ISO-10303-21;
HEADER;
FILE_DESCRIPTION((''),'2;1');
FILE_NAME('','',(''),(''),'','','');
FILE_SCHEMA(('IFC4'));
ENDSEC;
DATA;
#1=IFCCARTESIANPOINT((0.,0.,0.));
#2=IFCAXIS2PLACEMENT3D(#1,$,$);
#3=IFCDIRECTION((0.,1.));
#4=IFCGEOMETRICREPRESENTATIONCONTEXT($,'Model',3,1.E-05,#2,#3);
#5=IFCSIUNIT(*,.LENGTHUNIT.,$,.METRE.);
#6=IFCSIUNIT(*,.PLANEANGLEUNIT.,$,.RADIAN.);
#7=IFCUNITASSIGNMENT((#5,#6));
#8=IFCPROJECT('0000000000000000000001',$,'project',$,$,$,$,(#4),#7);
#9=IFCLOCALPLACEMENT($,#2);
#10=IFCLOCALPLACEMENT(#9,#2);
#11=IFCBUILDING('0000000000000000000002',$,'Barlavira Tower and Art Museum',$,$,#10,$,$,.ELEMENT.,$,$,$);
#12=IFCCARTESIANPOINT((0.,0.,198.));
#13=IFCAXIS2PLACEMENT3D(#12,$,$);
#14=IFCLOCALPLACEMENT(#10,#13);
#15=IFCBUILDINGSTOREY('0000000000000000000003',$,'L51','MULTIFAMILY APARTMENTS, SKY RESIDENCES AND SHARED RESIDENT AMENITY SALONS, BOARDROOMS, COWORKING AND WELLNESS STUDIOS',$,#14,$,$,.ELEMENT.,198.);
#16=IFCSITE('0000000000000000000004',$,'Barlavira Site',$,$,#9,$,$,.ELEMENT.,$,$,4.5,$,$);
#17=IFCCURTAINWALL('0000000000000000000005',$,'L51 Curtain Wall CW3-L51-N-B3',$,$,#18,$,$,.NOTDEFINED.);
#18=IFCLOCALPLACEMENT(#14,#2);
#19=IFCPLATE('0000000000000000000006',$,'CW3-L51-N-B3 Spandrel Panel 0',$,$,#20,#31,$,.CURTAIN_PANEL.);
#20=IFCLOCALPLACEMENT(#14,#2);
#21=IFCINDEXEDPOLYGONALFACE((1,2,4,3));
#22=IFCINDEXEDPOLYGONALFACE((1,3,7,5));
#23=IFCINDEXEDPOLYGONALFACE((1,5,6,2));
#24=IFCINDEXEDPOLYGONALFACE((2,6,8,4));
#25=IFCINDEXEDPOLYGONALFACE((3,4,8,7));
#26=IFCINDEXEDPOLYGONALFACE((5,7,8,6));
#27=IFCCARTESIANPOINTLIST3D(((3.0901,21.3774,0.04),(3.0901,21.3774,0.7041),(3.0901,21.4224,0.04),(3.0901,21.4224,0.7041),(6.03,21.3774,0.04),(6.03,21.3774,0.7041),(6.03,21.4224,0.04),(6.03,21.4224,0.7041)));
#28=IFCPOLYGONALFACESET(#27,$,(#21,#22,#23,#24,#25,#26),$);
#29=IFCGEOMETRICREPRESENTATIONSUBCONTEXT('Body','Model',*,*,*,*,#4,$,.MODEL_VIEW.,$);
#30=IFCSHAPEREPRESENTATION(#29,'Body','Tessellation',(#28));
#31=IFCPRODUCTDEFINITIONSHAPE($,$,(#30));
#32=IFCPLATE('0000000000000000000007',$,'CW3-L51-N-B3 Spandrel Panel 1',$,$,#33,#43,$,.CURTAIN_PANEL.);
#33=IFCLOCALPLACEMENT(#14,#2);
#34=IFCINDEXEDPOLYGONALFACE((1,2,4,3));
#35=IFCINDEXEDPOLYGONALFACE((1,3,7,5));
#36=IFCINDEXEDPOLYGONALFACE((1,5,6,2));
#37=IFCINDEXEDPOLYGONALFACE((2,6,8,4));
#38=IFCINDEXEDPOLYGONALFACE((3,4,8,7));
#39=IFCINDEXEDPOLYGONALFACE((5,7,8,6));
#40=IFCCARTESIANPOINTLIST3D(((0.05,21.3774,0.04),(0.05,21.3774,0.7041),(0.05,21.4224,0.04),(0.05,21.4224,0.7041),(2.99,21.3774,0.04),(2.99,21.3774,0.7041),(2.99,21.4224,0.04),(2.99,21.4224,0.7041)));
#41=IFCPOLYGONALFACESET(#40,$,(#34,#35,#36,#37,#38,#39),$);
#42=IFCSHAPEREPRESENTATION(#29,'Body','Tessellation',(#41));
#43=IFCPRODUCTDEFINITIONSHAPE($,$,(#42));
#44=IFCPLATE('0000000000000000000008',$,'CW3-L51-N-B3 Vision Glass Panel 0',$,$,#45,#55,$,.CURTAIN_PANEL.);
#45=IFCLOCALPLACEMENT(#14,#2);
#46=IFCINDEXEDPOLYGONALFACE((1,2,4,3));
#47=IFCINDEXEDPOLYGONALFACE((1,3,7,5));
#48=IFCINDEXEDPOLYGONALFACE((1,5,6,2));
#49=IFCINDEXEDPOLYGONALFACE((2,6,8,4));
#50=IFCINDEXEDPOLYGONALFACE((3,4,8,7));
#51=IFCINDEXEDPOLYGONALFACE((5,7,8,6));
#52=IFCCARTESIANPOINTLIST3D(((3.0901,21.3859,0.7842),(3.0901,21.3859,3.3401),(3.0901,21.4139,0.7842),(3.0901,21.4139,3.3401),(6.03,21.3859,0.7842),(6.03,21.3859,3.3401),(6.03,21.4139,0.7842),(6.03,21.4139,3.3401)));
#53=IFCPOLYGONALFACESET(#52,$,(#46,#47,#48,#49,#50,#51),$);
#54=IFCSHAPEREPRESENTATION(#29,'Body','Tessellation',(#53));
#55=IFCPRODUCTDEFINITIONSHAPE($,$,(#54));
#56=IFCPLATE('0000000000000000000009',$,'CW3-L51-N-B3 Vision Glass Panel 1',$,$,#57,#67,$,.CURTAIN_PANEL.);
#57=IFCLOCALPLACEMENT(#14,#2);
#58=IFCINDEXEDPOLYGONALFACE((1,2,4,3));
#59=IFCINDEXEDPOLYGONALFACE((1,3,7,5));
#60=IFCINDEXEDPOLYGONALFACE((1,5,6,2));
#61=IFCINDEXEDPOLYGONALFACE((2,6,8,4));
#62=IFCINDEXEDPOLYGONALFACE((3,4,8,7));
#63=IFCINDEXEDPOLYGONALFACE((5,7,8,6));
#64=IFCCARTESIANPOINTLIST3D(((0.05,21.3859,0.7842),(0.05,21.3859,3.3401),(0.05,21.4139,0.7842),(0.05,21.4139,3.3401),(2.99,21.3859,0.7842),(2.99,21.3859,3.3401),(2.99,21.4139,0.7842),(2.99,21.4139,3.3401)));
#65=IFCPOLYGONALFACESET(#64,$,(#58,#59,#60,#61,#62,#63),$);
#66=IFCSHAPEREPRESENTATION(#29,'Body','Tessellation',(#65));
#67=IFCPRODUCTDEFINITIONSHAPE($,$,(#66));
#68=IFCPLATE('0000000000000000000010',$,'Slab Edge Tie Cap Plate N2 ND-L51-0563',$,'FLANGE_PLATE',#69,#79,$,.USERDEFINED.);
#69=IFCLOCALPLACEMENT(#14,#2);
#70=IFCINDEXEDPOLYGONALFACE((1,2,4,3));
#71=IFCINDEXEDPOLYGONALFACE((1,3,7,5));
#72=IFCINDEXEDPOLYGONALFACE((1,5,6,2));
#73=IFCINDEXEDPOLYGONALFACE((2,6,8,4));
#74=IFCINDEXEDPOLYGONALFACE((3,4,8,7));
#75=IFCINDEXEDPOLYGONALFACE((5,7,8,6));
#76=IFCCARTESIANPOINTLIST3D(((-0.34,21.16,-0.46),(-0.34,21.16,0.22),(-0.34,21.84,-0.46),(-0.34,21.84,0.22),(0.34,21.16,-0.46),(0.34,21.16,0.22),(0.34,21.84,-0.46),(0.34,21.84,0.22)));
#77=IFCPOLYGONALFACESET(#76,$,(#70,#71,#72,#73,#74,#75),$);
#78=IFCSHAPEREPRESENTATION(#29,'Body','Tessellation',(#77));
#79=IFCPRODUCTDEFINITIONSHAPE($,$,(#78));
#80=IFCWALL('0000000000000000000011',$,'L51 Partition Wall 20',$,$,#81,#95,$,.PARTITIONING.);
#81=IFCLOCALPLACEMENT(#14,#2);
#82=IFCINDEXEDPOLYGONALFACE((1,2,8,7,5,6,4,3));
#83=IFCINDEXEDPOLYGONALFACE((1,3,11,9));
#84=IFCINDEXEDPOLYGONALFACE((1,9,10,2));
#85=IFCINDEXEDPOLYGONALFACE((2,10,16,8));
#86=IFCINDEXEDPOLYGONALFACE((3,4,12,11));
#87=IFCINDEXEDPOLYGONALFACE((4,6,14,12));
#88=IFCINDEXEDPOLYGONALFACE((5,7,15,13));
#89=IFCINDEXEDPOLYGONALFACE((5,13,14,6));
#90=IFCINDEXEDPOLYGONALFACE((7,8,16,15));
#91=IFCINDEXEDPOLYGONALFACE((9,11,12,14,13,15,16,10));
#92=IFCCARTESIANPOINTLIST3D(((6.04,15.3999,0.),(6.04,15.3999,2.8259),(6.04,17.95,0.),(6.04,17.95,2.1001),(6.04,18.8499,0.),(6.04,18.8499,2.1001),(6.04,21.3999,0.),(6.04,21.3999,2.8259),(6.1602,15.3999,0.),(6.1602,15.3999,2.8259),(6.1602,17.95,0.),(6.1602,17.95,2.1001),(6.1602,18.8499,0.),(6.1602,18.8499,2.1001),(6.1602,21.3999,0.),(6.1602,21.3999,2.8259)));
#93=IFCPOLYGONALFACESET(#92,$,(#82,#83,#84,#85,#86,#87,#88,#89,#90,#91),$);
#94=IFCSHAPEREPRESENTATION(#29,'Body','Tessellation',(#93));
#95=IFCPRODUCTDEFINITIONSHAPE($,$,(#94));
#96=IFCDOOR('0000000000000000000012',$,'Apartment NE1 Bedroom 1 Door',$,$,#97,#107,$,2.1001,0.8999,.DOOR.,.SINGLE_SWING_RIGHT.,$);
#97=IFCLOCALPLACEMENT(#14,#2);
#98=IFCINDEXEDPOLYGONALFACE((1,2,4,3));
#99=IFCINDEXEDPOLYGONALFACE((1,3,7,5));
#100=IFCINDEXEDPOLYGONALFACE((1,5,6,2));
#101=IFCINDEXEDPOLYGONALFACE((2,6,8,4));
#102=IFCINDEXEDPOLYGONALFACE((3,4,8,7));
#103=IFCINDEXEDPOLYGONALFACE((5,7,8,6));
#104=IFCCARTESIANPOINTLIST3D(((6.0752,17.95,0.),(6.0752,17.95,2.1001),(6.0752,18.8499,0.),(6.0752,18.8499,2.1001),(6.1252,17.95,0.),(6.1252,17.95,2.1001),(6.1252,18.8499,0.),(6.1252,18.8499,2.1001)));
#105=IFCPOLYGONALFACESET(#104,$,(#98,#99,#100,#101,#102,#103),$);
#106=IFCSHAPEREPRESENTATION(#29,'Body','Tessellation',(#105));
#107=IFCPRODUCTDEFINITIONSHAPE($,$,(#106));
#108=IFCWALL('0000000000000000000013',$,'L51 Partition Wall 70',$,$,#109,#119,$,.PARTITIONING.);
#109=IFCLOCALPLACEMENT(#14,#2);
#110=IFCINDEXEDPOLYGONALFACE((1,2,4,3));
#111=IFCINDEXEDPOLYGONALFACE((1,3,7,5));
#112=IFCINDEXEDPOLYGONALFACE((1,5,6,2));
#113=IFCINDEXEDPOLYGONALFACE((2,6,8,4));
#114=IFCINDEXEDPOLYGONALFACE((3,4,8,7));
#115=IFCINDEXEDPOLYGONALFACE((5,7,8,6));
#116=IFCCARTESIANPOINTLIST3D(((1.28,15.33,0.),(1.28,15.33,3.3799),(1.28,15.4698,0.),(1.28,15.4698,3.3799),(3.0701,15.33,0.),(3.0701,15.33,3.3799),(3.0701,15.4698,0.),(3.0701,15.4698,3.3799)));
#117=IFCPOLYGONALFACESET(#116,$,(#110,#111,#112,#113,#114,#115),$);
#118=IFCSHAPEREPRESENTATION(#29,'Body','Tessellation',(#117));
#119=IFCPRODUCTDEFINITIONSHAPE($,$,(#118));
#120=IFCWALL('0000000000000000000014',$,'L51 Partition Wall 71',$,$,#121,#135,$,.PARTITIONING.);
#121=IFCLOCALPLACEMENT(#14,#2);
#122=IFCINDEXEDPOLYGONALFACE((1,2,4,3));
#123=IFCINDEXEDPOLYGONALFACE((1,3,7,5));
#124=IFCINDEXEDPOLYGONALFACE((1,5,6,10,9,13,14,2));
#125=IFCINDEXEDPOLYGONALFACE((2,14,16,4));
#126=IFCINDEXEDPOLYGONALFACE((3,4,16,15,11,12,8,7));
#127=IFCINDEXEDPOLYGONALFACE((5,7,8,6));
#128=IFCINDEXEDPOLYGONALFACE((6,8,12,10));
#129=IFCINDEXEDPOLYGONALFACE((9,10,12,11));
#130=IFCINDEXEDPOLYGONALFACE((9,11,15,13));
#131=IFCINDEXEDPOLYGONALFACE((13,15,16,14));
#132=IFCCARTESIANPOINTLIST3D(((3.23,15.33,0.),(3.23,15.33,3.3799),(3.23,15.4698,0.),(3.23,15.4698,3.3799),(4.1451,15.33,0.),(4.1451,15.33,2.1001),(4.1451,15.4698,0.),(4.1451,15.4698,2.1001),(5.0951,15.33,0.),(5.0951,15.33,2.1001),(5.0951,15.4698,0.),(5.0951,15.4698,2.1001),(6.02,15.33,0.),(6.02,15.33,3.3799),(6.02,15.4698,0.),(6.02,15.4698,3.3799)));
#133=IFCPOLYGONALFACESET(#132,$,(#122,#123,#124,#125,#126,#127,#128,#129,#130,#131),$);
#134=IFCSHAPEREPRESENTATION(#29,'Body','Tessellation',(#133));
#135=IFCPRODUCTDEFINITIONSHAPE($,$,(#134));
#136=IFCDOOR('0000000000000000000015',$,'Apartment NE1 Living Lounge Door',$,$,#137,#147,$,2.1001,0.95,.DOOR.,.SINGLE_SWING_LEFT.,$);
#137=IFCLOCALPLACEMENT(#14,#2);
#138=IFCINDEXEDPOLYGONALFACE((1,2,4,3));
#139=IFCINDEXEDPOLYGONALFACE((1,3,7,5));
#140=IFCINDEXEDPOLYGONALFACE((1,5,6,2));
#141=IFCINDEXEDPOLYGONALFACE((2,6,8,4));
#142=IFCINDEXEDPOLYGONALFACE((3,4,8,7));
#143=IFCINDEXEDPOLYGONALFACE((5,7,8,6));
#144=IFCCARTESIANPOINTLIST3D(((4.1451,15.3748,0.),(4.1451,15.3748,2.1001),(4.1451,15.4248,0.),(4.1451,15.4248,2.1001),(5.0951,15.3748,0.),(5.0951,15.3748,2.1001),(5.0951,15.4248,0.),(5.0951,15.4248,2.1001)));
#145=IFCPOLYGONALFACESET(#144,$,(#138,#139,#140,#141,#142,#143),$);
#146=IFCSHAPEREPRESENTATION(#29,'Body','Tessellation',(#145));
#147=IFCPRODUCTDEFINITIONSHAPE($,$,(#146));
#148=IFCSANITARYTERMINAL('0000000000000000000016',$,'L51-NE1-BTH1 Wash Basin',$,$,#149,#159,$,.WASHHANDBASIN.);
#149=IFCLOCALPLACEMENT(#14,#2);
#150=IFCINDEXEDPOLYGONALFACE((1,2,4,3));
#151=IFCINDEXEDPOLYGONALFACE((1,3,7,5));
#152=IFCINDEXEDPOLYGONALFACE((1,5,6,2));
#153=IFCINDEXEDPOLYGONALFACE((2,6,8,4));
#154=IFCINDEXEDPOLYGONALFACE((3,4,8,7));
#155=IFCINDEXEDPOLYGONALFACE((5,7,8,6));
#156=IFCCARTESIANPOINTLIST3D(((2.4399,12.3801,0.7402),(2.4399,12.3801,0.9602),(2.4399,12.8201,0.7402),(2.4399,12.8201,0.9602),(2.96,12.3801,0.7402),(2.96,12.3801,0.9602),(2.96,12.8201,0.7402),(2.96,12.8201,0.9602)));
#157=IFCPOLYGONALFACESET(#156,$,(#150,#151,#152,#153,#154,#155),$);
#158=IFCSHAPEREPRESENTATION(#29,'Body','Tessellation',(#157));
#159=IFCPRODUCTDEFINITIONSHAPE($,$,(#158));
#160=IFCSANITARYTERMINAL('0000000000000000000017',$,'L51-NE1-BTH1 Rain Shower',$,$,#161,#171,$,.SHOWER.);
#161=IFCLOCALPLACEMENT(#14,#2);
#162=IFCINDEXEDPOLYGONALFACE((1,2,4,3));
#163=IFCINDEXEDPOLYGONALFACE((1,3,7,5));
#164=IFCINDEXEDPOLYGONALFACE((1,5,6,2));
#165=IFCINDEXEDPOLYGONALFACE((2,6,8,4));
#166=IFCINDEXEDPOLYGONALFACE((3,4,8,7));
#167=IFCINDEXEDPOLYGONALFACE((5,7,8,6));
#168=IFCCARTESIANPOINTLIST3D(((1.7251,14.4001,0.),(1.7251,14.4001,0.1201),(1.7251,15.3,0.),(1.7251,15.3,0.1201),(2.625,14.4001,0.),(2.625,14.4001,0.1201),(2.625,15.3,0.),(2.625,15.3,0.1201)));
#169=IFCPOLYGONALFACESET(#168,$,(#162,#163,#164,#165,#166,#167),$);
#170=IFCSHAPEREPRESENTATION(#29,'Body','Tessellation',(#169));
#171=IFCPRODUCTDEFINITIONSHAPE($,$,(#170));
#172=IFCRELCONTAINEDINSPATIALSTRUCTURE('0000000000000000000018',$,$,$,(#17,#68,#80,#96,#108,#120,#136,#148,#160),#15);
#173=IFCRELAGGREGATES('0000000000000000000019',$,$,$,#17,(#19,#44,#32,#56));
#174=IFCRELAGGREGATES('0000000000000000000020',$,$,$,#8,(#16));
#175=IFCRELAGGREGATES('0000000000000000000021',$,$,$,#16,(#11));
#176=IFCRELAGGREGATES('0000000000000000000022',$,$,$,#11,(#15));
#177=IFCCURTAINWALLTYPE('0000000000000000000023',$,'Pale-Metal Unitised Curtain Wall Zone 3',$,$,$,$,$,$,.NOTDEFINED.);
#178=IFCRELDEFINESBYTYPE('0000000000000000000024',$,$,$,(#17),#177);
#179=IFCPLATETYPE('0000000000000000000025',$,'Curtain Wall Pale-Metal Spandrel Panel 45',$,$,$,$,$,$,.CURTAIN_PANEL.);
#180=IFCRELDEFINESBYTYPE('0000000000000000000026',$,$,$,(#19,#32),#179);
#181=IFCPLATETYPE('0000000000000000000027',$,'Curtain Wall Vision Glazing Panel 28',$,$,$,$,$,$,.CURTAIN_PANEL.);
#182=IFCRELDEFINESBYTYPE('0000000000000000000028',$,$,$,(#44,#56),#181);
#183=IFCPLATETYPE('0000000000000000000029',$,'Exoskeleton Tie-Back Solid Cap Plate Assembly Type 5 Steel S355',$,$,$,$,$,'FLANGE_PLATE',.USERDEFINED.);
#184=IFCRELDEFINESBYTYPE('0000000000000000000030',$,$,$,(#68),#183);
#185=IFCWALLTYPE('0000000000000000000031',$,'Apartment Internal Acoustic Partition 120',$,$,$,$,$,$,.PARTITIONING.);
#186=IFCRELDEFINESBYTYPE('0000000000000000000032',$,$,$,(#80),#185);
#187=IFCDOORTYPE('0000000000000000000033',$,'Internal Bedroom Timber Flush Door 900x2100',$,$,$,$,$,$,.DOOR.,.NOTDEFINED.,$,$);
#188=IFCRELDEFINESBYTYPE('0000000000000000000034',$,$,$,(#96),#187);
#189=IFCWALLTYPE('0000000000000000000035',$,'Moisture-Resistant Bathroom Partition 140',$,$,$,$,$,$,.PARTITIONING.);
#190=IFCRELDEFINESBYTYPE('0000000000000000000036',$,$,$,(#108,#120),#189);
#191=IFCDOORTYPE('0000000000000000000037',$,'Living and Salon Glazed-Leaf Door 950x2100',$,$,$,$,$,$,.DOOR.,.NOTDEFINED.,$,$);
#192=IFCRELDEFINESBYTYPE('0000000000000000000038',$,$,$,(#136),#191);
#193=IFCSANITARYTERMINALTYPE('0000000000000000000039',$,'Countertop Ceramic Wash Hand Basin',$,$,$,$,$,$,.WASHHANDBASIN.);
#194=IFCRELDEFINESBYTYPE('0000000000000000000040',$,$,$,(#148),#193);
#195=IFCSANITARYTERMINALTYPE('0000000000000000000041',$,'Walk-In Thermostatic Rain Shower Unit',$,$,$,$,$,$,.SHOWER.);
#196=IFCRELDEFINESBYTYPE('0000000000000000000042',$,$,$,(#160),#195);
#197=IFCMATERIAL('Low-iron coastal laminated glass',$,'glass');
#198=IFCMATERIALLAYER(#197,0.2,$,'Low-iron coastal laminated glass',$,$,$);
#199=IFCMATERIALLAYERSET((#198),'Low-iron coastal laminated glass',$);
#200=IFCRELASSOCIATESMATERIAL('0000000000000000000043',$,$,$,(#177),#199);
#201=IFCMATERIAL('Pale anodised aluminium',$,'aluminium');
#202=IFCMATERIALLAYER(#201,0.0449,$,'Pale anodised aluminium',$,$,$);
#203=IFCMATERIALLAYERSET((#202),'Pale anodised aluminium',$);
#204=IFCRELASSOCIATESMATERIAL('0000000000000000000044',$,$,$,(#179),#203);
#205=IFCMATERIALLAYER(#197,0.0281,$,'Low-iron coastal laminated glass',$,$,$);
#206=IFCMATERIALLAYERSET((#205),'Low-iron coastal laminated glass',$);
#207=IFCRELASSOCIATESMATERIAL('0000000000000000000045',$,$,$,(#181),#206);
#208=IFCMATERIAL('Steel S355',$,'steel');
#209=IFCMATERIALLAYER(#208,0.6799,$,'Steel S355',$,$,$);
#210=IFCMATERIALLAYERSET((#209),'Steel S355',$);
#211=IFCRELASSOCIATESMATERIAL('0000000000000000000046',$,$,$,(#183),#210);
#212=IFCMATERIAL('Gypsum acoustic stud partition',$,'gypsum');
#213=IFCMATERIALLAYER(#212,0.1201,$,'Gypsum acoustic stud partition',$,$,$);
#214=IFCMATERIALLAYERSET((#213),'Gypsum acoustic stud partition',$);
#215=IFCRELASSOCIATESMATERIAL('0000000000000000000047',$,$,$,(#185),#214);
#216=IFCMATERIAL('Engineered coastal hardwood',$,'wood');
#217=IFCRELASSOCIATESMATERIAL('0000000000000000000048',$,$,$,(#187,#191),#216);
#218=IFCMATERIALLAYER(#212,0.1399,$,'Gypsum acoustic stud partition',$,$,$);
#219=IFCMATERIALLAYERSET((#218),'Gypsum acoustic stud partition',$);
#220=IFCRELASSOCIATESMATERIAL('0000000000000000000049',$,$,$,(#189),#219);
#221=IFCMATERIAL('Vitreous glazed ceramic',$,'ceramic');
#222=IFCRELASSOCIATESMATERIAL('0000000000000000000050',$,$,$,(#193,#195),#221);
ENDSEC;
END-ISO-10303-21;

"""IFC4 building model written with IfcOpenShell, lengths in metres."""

from ifc_helpers import new_model, si_unit, direction, frame, frame_2d, origin, origin_2d, place, context, subcontext, project, spatial, rectangle, extrude, material, layer, layer_set, type_object, element, fill, aggregate, save


model = new_model("IFC4")

# Units and contexts
model_context = context("Model", 3, precision=1e-05, world=origin(), true_north=direction((0.0, 1.0)))
body_context = subcontext(model_context, "Body", "Model", "MODEL_VIEW")
ifc_project = project(units=[si_unit("LENGTHUNIT", "METRE"), si_unit("PLANEANGLEUNIT", "RADIAN")], contexts=[model_context])

# Site, building, storey
site_placement = place(None, origin())
site = spatial("IfcSite", under=ifc_project, at=site_placement, Name="Barlavira Site", CompositionType="ELEMENT", RefElevation=4.5)
building_placement = place(site_placement, origin())
building = spatial("IfcBuilding", under=site, at=building_placement, Name="Barlavira Tower and Art Museum", CompositionType="ELEMENT")
storey_placement = place(building_placement, frame((0.0, 0.0, 198.0)))
storey = spatial("IfcBuildingStorey", under=building, at=storey_placement, Name="L51", Description="MULTIFAMILY APARTMENTS, SKY RESIDENCES AND SHARED RESIDENT AMENITY SALONS, BOARDROOMS, COWORKING AND WELLNESS STUDIOS", CompositionType="ELEMENT", Elevation=198.0)

# Curtain wall
ifc_material_1 = material(Name="Low-iron coastal laminated glass", Category="glass")
ifc_layer_1 = layer(ifc_material_1, 0.2, Name="Low-iron coastal laminated glass")
ifc_layer_set_1 = layer_set([ifc_layer_1], Name="Low-iron coastal laminated glass")
curtain_wall_type = type_object("IfcCurtainWallType", Name="Pale-Metal Unitised Curtain Wall Zone 3", PredefinedType="NOTDEFINED", material=ifc_layer_set_1)
curtain_wall_placement = place(storey_placement, origin())
curtain_wall = element("IfcCurtainWall", 1, at=curtain_wall_placement, inside=storey, type_object=curtain_wall_type, Name="L51 Curtain Wall CW3-L51-N-B3", PredefinedType="NOTDEFINED")
ifc_material_2 = material(Name="Pale anodised aluminium", Category="aluminium")

# Shared definitions
ifc_material_3 = material(Name="Steel S355", Category="steel")

# Plates
ifc_layer_2 = layer(ifc_material_2, 0.0449, Name="Pale anodised aluminium")
ifc_layer_set_2 = layer_set([ifc_layer_2], Name="Pale anodised aluminium")
plate_type_1 = type_object("IfcPlateType", Name="Curtain Wall Pale-Metal Spandrel Panel 45", PredefinedType="CURTAIN_PANEL", material=ifc_layer_set_2)
plate_1_placement = place(storey_placement, frame((4.5601, 21.3999, 0.04), z_axis=(0.0, 0.0, 1.0), x_axis=(-1.0, 0.0, 0.0)))
plate_1 = element("IfcPlate", 2, at=plate_1_placement, type_object=plate_type_1, Name="CW3-L51-N-B3 Spandrel Panel 0", PredefinedType="CURTAIN_PANEL", context=body_context, shape_type="SweptSolid", body=[
    extrude(rectangle(XDim=2.9399, YDim=0.0449, at=origin_2d()), origin(), (0.0, 0.0, 1.0), 0.6641),
])
plate_2_placement = place(storey_placement, frame((1.52, 21.3999, 0.04), z_axis=(0.0, 0.0, 1.0), x_axis=(-1.0, 0.0, 0.0)))
plate_2 = element("IfcPlate", 3, at=plate_2_placement, type_object=plate_type_1, Name="CW3-L51-N-B3 Spandrel Panel 1", PredefinedType="CURTAIN_PANEL", context=body_context, shape_type="SweptSolid", body=[
    extrude(rectangle(XDim=2.9399, YDim=0.0449, at=origin_2d()), origin(), (0.0, 0.0, 1.0), 0.6641),
])
ifc_layer_3 = layer(ifc_material_1, 0.0281, Name="Low-iron coastal laminated glass")
ifc_layer_set_3 = layer_set([ifc_layer_3], Name="Low-iron coastal laminated glass")
plate_type_2 = type_object("IfcPlateType", Name="Curtain Wall Vision Glazing Panel 28", PredefinedType="CURTAIN_PANEL", material=ifc_layer_set_3)
plate_3_placement = place(storey_placement, frame((4.5601, 21.3999, 0.7842), z_axis=(0.0, 0.0, 1.0), x_axis=(-1.0, 0.0, 0.0)))
plate_3 = element("IfcPlate", 4, at=plate_3_placement, type_object=plate_type_2, Name="CW3-L51-N-B3 Vision Glass Panel 0", PredefinedType="CURTAIN_PANEL", context=body_context, shape_type="SweptSolid", body=[
    extrude(rectangle(XDim=2.9399, YDim=0.0281, at=origin_2d()), origin(), (0.0, 0.0, 1.0), 2.5559),
])
plate_4_placement = place(storey_placement, frame((1.52, 21.3999, 0.7842), z_axis=(0.0, 0.0, 1.0), x_axis=(-1.0, 0.0, 0.0)))
plate_4 = element("IfcPlate", 5, at=plate_4_placement, type_object=plate_type_2, Name="CW3-L51-N-B3 Vision Glass Panel 1", PredefinedType="CURTAIN_PANEL", context=body_context, shape_type="SweptSolid", body=[
    extrude(rectangle(XDim=2.9399, YDim=0.0281, at=origin_2d()), origin(), (0.0, 0.0, 1.0), 2.5559),
])
aggregate(curtain_wall, [plate_1, plate_3, plate_2, plate_4])
ifc_layer_4 = layer(ifc_material_3, 0.6799, Name="Steel S355")
ifc_layer_set_4 = layer_set([ifc_layer_4], Name="Steel S355")
plate_type_3 = type_object("IfcPlateType", Name="Exoskeleton Tie-Back Solid Cap Plate Assembly Type 5 Steel S355", ElementType="FLANGE_PLATE", PredefinedType="USERDEFINED", material=ifc_layer_set_4)
plate_5_placement = place(storey_placement, frame((0.0, 21.5, -0.46), z_axis=(0.0, 0.0, 1.0), x_axis=(1.0, 0.0, 0.0)))
element("IfcPlate", 6, at=plate_5_placement, inside=storey, type_object=plate_type_3, Name="Slab Edge Tie Cap Plate N2 ND-L51-0563", ObjectType="FLANGE_PLATE", PredefinedType="USERDEFINED", context=body_context, shape_type="SweptSolid", body=[
    extrude(rectangle(XDim=0.6799, YDim=0.6799, at=origin_2d()), origin(), (0.0, 0.0, 1.0), 0.6799),
])

# Wall, opening, door
ifc_material_4 = material(Name="Gypsum acoustic stud partition", Category="gypsum")
ifc_layer_5 = layer(ifc_material_4, 0.1201, Name="Gypsum acoustic stud partition")
ifc_layer_set_5 = layer_set([ifc_layer_5], Name="Gypsum acoustic stud partition")
wall_type_1 = type_object("IfcWallType", Name="Apartment Internal Acoustic Partition 120", PredefinedType="PARTITIONING", material=ifc_layer_set_5)
wall_1_placement = place(storey_placement, frame((6.1001, 15.3999, 0.0), z_axis=(0.0, 0.0, 1.0), x_axis=(0.0, 1.0, 0.0)))
wall_1 = element("IfcWall", 7, at=wall_1_placement, inside=storey, type_object=wall_type_1, Name="L51 Partition Wall 20", PredefinedType="PARTITIONING", context=body_context, shape_type="SweptSolid", body=[
    extrude(rectangle(XDim=6.0, YDim=0.1201, at=frame_2d((3.0, 0.0))), origin(), (0.0, 0.0, 1.0), 2.8259),
])
opening_1_placement = place(wall_1_placement, frame((2.55, 0.0, 0.0)))
opening_1 = element("IfcOpeningElement", 8, at=opening_1_placement, cuts=wall_1, PredefinedType="OPENING", context=body_context, shape_type="SweptSolid", body=[
    extrude(rectangle(XDim=0.8999, YDim=2.1001, at=frame_2d((0.45, 1.05))), frame((0.0, 0.0701, 0.0), z_axis=(0.0, -1.0, 0.0), x_axis=(1.0, 0.0, 0.0)), (0.0, 0.0, 1.0), 0.1401),
])
ifc_material_5 = material(Name="Engineered coastal hardwood", Category="wood")
door_type_1 = type_object("IfcDoorType", Name="Internal Bedroom Timber Flush Door 900x2100", OperationType="NOTDEFINED", PredefinedType="DOOR", material=ifc_material_5)
door_1_placement = place(opening_1_placement, origin())
door_1 = element("IfcDoor", 9, at=door_1_placement, inside=storey, type_object=door_type_1, Name="Apartment NE1 Bedroom 1 Door", OperationType="SINGLE_SWING_RIGHT", OverallHeight=2.1001, OverallWidth=0.8999, PredefinedType="DOOR", context=body_context, shape_type="SweptSolid", body=[
    extrude(rectangle(XDim=0.8999, YDim=2.1001, at=frame_2d((0.45, 1.05))), frame((0.0, 0.0249, 0.0), z_axis=(0.0, -1.0, 0.0), x_axis=(1.0, 0.0, 0.0)), (0.0, 0.0, 1.0), 0.05),
])
fill(opening_1, door_1)

# Wall
ifc_layer_6 = layer(ifc_material_4, 0.1399, Name="Gypsum acoustic stud partition")
ifc_layer_set_6 = layer_set([ifc_layer_6], Name="Gypsum acoustic stud partition")
wall_type_2 = type_object("IfcWallType", Name="Moisture-Resistant Bathroom Partition 140", PredefinedType="PARTITIONING", material=ifc_layer_set_6)
wall_2_placement = place(storey_placement, frame((1.28, 15.3999, 0.0), z_axis=(0.0, 0.0, 1.0), x_axis=(1.0, 0.0, 0.0)))
element("IfcWall", 10, at=wall_2_placement, inside=storey, type_object=wall_type_2, Name="L51 Partition Wall 70", PredefinedType="PARTITIONING", context=body_context, shape_type="SweptSolid", body=[
    extrude(rectangle(XDim=1.79, YDim=0.1399, at=frame_2d((0.895, 0.0))), origin(), (0.0, 0.0, 1.0), 3.3799),
])

# Wall, opening, door
wall_3_placement = place(storey_placement, frame((3.23, 15.3999, 0.0), z_axis=(0.0, 0.0, 1.0), x_axis=(1.0, 0.0, 0.0)))
wall_3 = element("IfcWall", 11, at=wall_3_placement, inside=storey, type_object=wall_type_2, Name="L51 Partition Wall 71", PredefinedType="PARTITIONING", context=body_context, shape_type="SweptSolid", body=[
    extrude(rectangle(XDim=2.79, YDim=0.1399, at=frame_2d((1.395, 0.0))), origin(), (0.0, 0.0, 1.0), 3.3799),
])
opening_2_placement = place(wall_3_placement, frame((0.915, 0.0, 0.0)))
opening_2 = element("IfcOpeningElement", 12, at=opening_2_placement, cuts=wall_3, PredefinedType="OPENING", context=body_context, shape_type="SweptSolid", body=[
    extrude(rectangle(XDim=0.95, YDim=2.1001, at=frame_2d((0.4751, 1.05))), frame((0.0, 0.0801, 0.0), z_axis=(0.0, -1.0, 0.0), x_axis=(1.0, 0.0, 0.0)), (0.0, 0.0, 1.0), 0.1599),
])
door_type_2 = type_object("IfcDoorType", Name="Living and Salon Glazed-Leaf Door 950x2100", OperationType="NOTDEFINED", PredefinedType="DOOR", material=ifc_material_5)
door_2_placement = place(opening_2_placement, origin())
door_2 = element("IfcDoor", 13, at=door_2_placement, inside=storey, type_object=door_type_2, Name="Apartment NE1 Living Lounge Door", OperationType="SINGLE_SWING_LEFT", OverallHeight=2.1001, OverallWidth=0.95, PredefinedType="DOOR", context=body_context, shape_type="SweptSolid", body=[
    extrude(rectangle(XDim=0.95, YDim=2.1001, at=frame_2d((0.4751, 1.05))), frame((0.0, 0.0249, 0.0), z_axis=(0.0, -1.0, 0.0), x_axis=(1.0, 0.0, 0.0)), (0.0, 0.0, 1.0), 0.05),
])
fill(opening_2, door_2)

# Sanitary terminals
ifc_material_6 = material(Name="Vitreous glazed ceramic", Category="ceramic")
sanitary_terminal_type_1 = type_object("IfcSanitaryTerminalType", Name="Countertop Ceramic Wash Hand Basin", PredefinedType="WASHHANDBASIN", material=ifc_material_6)
sanitary_terminal_1_placement = place(storey_placement, frame((2.7, 12.6001, 0.7402), z_axis=(0.0, 0.0, 1.0), x_axis=(1.0, 0.0, 0.0)))
element("IfcSanitaryTerminal", 14, at=sanitary_terminal_1_placement, inside=storey, type_object=sanitary_terminal_type_1, Name="L51-NE1-BTH1 Wash Basin", PredefinedType="WASHHANDBASIN", context=body_context, shape_type="SweptSolid", body=[
    extrude(rectangle(XDim=0.52, YDim=0.4399, at=origin_2d()), origin(), (0.0, 0.0, 1.0), 0.22),
])
sanitary_terminal_type_2 = type_object("IfcSanitaryTerminalType", Name="Walk-In Thermostatic Rain Shower Unit", PredefinedType="SHOWER", material=ifc_material_6)
sanitary_terminal_2_placement = place(storey_placement, frame((2.175, 14.8501, 0.0), z_axis=(0.0, 0.0, 1.0), x_axis=(1.0, 0.0, 0.0)))
element("IfcSanitaryTerminal", 15, at=sanitary_terminal_2_placement, inside=storey, type_object=sanitary_terminal_type_2, Name="L51-NE1-BTH1 Rain Shower", PredefinedType="SHOWER", context=body_context, shape_type="SweptSolid", body=[
    extrude(rectangle(XDim=0.8999, YDim=0.8999, at=origin_2d()), origin(), (0.0, 0.0, 1.0), 0.1201),
])

save(model, "model.ifc")
